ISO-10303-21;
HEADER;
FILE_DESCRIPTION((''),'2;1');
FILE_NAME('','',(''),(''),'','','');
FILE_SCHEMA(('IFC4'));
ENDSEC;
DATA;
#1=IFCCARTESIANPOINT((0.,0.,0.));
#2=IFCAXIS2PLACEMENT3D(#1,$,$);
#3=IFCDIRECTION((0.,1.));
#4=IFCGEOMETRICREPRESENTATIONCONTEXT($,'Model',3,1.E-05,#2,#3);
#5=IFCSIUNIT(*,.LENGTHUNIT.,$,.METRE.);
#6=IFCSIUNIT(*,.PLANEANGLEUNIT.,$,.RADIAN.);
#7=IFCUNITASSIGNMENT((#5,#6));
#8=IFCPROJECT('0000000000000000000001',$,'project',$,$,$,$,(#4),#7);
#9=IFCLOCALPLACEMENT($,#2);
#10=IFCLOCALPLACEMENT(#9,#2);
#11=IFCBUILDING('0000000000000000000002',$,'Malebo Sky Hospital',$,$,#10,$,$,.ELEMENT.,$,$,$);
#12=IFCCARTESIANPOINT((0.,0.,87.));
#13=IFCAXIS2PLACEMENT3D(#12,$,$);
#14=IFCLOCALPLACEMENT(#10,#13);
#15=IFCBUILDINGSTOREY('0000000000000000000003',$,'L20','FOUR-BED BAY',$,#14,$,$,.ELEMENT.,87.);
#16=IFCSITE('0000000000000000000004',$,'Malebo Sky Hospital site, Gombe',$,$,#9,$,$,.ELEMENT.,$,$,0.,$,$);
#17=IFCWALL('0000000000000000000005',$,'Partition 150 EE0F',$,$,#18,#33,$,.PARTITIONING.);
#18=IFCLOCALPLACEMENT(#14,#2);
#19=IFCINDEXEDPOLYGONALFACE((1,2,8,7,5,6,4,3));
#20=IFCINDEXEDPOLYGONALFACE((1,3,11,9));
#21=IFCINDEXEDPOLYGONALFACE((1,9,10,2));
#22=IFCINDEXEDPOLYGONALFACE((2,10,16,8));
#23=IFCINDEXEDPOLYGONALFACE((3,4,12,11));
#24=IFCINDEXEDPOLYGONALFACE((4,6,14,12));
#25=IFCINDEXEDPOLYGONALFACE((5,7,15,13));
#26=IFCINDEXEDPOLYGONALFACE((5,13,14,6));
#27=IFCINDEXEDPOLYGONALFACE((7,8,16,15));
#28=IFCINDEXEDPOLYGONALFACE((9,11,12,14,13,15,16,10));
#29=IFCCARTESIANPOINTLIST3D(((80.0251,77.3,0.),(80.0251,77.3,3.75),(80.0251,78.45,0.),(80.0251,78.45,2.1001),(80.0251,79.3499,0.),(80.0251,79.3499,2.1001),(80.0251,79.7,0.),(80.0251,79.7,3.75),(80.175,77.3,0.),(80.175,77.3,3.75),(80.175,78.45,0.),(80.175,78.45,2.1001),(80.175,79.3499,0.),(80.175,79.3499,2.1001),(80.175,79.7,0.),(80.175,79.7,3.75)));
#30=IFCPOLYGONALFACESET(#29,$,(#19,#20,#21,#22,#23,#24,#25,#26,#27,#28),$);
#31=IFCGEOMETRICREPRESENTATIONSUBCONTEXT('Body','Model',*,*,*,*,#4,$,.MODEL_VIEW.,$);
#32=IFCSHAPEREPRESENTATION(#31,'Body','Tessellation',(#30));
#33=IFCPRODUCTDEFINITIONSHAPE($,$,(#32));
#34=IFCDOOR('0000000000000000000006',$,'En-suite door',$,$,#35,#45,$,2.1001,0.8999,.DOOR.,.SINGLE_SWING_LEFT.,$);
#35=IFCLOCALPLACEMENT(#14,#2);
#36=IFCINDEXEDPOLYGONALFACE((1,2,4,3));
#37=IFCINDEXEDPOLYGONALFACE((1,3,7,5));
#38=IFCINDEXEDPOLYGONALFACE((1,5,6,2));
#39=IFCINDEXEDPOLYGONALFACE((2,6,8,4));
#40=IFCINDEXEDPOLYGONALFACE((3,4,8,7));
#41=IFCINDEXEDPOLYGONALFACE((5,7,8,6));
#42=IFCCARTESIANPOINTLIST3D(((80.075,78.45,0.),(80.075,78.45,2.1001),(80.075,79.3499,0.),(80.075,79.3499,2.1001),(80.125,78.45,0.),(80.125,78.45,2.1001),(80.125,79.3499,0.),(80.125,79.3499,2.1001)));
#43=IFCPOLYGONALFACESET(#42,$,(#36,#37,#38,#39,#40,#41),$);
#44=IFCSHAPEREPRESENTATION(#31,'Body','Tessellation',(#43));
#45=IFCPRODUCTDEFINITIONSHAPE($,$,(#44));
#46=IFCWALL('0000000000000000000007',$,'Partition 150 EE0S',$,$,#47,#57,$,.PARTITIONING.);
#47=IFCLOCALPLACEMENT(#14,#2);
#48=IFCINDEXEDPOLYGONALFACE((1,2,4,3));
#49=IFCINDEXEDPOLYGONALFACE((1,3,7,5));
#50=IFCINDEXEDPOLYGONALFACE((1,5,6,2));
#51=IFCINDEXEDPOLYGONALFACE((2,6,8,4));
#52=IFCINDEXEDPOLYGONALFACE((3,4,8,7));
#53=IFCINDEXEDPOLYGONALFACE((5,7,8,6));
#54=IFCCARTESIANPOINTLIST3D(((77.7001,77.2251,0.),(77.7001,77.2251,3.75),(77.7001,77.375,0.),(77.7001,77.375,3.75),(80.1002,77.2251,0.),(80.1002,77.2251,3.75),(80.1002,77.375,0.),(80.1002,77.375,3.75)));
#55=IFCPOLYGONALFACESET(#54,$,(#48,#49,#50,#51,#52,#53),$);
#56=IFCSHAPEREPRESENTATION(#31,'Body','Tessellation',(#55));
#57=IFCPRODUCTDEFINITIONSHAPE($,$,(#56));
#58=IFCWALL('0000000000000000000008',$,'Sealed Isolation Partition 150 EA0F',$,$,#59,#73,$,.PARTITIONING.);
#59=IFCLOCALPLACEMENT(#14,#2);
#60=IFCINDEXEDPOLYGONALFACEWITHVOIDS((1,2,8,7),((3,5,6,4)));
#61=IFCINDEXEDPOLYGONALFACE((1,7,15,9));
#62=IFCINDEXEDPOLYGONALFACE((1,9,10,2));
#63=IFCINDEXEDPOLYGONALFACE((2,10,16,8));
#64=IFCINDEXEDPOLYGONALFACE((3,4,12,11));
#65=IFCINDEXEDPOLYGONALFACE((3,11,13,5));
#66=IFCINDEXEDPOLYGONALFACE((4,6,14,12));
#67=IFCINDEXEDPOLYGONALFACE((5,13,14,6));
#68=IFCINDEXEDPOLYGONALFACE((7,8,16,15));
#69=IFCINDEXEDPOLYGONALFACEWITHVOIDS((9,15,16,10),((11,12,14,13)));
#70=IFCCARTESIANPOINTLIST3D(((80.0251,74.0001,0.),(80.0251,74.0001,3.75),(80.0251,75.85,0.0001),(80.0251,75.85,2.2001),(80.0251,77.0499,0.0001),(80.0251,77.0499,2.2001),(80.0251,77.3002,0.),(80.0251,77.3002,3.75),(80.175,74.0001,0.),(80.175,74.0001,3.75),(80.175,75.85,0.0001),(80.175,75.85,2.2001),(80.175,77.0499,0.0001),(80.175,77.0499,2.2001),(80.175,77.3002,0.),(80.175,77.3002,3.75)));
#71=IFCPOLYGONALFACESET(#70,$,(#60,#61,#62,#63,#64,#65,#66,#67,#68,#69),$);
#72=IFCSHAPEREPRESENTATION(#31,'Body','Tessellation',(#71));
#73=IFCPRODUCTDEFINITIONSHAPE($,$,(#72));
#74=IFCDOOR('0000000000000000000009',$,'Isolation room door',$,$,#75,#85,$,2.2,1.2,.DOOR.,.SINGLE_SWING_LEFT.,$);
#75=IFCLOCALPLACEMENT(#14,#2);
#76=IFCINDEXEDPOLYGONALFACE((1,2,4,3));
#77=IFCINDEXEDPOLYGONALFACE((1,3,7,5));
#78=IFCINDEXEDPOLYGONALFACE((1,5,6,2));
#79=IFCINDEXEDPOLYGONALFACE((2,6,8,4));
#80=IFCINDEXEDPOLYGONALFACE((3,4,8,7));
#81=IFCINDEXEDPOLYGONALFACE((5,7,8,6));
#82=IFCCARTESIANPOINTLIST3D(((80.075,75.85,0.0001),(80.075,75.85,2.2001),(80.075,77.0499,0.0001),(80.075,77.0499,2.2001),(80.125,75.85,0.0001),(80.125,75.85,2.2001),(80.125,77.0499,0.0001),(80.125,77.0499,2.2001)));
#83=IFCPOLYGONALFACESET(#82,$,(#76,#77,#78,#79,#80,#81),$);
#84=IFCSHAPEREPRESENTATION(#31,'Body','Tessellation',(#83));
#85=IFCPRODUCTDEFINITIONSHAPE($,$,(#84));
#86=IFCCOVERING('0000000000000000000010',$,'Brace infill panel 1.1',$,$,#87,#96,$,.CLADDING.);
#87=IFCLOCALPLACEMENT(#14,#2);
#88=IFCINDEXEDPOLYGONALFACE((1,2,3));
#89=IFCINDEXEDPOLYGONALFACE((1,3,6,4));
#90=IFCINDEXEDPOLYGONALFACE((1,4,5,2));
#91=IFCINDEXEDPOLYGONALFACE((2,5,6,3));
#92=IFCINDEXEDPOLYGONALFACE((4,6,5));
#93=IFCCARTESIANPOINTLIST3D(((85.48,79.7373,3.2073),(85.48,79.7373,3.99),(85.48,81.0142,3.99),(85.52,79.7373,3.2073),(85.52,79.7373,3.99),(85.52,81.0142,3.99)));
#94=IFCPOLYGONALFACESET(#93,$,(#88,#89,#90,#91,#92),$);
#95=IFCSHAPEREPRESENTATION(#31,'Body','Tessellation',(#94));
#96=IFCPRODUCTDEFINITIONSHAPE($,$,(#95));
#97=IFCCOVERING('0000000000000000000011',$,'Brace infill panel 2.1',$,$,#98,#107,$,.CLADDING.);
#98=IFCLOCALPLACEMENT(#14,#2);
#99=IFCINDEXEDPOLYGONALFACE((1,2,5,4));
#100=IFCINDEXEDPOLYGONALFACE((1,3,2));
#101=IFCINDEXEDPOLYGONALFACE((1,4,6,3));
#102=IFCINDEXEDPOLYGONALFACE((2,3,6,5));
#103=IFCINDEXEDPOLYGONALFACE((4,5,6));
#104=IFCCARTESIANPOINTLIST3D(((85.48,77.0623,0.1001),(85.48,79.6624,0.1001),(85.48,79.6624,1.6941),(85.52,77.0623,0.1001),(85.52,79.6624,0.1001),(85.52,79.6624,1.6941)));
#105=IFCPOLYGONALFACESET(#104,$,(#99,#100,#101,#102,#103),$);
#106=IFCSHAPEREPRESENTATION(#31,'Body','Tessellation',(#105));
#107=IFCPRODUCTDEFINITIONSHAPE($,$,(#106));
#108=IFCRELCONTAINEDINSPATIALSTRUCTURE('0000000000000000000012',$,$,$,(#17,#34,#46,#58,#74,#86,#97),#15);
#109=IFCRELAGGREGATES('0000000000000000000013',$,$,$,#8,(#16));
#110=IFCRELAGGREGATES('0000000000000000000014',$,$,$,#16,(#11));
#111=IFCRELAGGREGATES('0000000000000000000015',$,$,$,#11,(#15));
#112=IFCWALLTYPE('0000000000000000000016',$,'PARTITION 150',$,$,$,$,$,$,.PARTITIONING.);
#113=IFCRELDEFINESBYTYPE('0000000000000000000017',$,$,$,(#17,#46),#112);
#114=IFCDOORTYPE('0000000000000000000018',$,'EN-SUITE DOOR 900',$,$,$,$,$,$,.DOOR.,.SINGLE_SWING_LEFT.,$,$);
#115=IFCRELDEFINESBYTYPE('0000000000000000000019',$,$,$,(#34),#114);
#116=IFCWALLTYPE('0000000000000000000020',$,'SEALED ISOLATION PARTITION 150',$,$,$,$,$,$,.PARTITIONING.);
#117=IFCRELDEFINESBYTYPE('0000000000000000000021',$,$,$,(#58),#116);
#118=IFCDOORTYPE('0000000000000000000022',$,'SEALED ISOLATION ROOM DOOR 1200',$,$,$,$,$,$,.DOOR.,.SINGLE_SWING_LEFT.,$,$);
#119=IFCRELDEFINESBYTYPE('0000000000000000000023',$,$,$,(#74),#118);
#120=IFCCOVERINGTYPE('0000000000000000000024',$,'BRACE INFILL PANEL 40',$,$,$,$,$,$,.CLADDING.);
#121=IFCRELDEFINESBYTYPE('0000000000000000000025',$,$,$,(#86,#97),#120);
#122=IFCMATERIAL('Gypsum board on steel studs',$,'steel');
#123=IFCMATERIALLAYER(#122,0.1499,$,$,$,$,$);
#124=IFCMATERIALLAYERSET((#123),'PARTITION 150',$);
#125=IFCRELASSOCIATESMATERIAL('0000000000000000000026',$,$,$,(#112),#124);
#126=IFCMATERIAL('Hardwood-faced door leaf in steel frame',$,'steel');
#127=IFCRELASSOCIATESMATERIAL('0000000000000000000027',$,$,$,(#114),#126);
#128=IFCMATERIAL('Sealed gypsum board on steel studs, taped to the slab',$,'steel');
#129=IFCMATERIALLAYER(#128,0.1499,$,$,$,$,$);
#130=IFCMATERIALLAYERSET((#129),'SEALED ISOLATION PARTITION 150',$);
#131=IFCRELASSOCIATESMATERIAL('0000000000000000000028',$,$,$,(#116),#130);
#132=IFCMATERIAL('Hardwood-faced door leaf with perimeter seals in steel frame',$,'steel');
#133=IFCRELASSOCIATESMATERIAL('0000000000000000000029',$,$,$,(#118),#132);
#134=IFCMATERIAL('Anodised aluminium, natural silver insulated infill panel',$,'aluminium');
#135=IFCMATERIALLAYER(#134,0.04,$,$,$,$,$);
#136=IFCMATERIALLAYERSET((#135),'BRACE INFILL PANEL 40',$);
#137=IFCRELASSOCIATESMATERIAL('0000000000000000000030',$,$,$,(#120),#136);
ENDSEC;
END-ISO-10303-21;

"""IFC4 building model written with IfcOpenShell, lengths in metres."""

from ifc_helpers import new_model, si_unit, direction, frame, frame_2d, origin, place, context, subcontext, project, spatial, polyline, rectangle, outline, extrude, material, layer, layer_set, type_object, element, fill, save


model = new_model("IFC4")

# Units and contexts
model_context = context("Model", 3, precision=1e-05, world=origin(), true_north=direction((0.0, 1.0)))
body_context = subcontext(model_context, "Body", "Model", "MODEL_VIEW")
ifc_project = project(units=[si_unit("LENGTHUNIT", "METRE"), si_unit("PLANEANGLEUNIT", "RADIAN")], contexts=[model_context])

# Site, building, storey
site_placement = place(None, origin())
site = spatial("IfcSite", under=ifc_project, at=site_placement, Name="Malebo Sky Hospital site, Gombe", CompositionType="ELEMENT", RefElevation=0.0)
building_placement = place(site_placement, origin())
building = spatial("IfcBuilding", under=site, at=building_placement, Name="Malebo Sky Hospital", CompositionType="ELEMENT")
storey_placement = place(building_placement, frame((0.0, 0.0, 87.0)))
storey = spatial("IfcBuildingStorey", under=building, at=storey_placement, Name="L20", Description="FOUR-BED BAY", CompositionType="ELEMENT", Elevation=87.0)

# Shared definitions
ifc_material_1 = material(Name="Gypsum board on steel studs", Category="steel")
ifc_material_2 = material(Name="Hardwood-faced door leaf in steel frame", Category="steel")

# Shared definitions
ifc_layer_1 = layer(ifc_material_1, 0.1499)
ifc_layer_set_1 = layer_set([ifc_layer_1], Name="PARTITION 150")
wall_type_1 = type_object("IfcWallType", Name="PARTITION 150", PredefinedType="PARTITIONING", material=ifc_layer_set_1)

# Wall, opening, door
wall_1_placement = place(storey_placement, frame((80.1001, 79.7, 0.0), z_axis=(0.0, 0.0, 1.0), x_axis=(0.0, -1.0, 0.0)))
wall_1 = element("IfcWall", 1, at=wall_1_placement, inside=storey, type_object=wall_type_1, Name="Partition 150 EE0F", PredefinedType="PARTITIONING", context=body_context, shape_type="SweptSolid", body=[
    extrude(rectangle(XDim=2.3999, YDim=0.1499, at=frame_2d((1.2, 0.0))), origin(), (0.0, 0.0, 1.0), 3.75),
])
opening_1_placement = place(wall_1_placement, frame((0.3501, 0.0, 0.0)))
opening_1 = element("IfcOpeningElement", 2, at=opening_1_placement, cuts=wall_1, PredefinedType="OPENING", context=body_context, shape_type="SweptSolid", body=[
    extrude(rectangle(XDim=0.8999, YDim=2.1001, at=frame_2d((0.45, 1.05))), frame((0.0, 0.085, 0.0), z_axis=(0.0, -1.0, 0.0), x_axis=(1.0, 0.0, 0.0)), (0.0, 0.0, 1.0), 0.1699),
])
door_type_1 = type_object("IfcDoorType", Name="EN-SUITE DOOR 900", OperationType="SINGLE_SWING_LEFT", PredefinedType="DOOR", material=ifc_material_2)
door_1_placement = place(opening_1_placement, origin())
door_1 = element("IfcDoor", 3, at=door_1_placement, inside=storey, type_object=door_type_1, Name="En-suite door", OperationType="SINGLE_SWING_LEFT", OverallHeight=2.1001, OverallWidth=0.8999, PredefinedType="DOOR", context=body_context, shape_type="SweptSolid", body=[
    extrude(rectangle(XDim=0.8999, YDim=2.1001, at=frame_2d((0.45, 1.05))), frame((0.0, 0.0249, 0.0), z_axis=(0.0, -1.0, 0.0), x_axis=(1.0, 0.0, 0.0)), (0.0, 0.0, 1.0), 0.05),
])
fill(opening_1, door_1)

# Wall
wall_2_placement = place(storey_placement, frame((77.7, 77.3, 0.0), z_axis=(0.0, 0.0, 1.0), x_axis=(1.0, 0.0, 0.0)))
element("IfcWall", 4, at=wall_2_placement, inside=storey, type_object=wall_type_1, Name="Partition 150 EE0S", PredefinedType="PARTITIONING", context=body_context, shape_type="SweptSolid", body=[
    extrude(rectangle(XDim=2.4001, YDim=0.1499, at=frame_2d((1.2002, 0.0))), origin(), (0.0, 0.0, 1.0), 3.75),
])

# Wall, opening, door
ifc_material_3 = material(Name="Sealed gypsum board on steel studs, taped to the slab", Category="steel")
ifc_layer_2 = layer(ifc_material_3, 0.1499)
ifc_layer_set_2 = layer_set([ifc_layer_2], Name="SEALED ISOLATION PARTITION 150")
wall_type_2 = type_object("IfcWallType", Name="SEALED ISOLATION PARTITION 150", PredefinedType="PARTITIONING", material=ifc_layer_set_2)
wall_3_placement = place(storey_placement, frame((80.1001, 77.3, 0.0), z_axis=(0.0, 0.0, 1.0), x_axis=(0.0, -1.0, 0.0)))
wall_3 = element("IfcWall", 5, at=wall_3_placement, inside=storey, type_object=wall_type_2, Name="Sealed Isolation Partition 150 EA0F", PredefinedType="PARTITIONING", context=body_context, shape_type="SweptSolid", body=[
    extrude(rectangle(XDim=3.3, YDim=0.1499, at=frame_2d((1.6499, 0.0))), origin(), (0.0, 0.0, 1.0), 3.75),
])
opening_2_placement = place(wall_3_placement, frame((0.25, 0.0, 0.0)))
opening_2 = element("IfcOpeningElement", 6, at=opening_2_placement, cuts=wall_3, PredefinedType="OPENING", context=body_context, shape_type="SweptSolid", body=[
    extrude(rectangle(XDim=1.2, YDim=2.2, at=frame_2d((0.6001, 1.1001))), frame((0.0, 0.085, 0.0), z_axis=(0.0, -1.0, 0.0), x_axis=(1.0, 0.0, 0.0)), (0.0, 0.0, 1.0), 0.1699),
])
ifc_material_4 = material(Name="Hardwood-faced door leaf with perimeter seals in steel frame", Category="steel")
door_type_2 = type_object("IfcDoorType", Name="SEALED ISOLATION ROOM DOOR 1200", OperationType="SINGLE_SWING_LEFT", PredefinedType="DOOR", material=ifc_material_4)
door_2_placement = place(opening_2_placement, origin())
door_2 = element("IfcDoor", 7, at=door_2_placement, inside=storey, type_object=door_type_2, Name="Isolation room door", OperationType="SINGLE_SWING_LEFT", OverallHeight=2.2, OverallWidth=1.2, PredefinedType="DOOR", context=body_context, shape_type="SweptSolid", body=[
    extrude(rectangle(XDim=1.2, YDim=2.2, at=frame_2d((0.6001, 1.1001))), frame((0.0, 0.0249, 0.0), z_axis=(0.0, -1.0, 0.0), x_axis=(1.0, 0.0, 0.0)), (0.0, 0.0, 1.0), 0.05),
])
fill(opening_2, door_2)

# Coverings
ifc_material_5 = material(Name="Anodised aluminium, natural silver insulated infill panel", Category="aluminium")
ifc_layer_3 = layer(ifc_material_5, 0.04)
ifc_layer_set_3 = layer_set([ifc_layer_3], Name="BRACE INFILL PANEL 40")
covering_type = type_object("IfcCoveringType", Name="BRACE INFILL PANEL 40", PredefinedType="CLADDING", material=ifc_layer_set_3)
covering_1_placement = place(storey_placement, frame((85.5, 80.3757, 3.2073), z_axis=(0.0, 0.0, 1.0), x_axis=(0.0, -1.0, 0.0)))
element("IfcCovering", 8, at=covering_1_placement, inside=storey, type_object=covering_type, Name="Brace infill panel 1.1", PredefinedType="CLADDING", context=body_context, shape_type="SweptSolid", body=[
    extrude(outline(polyline([(0.6384, 0.0), (0.6384, 0.7827), (-0.6384, 0.7827), (0.6384, 0.0)])), frame((0.0, 0.02, 0.0), z_axis=(0.0, -1.0, 0.0), x_axis=(1.0, 0.0, 0.0)), (0.0, 0.0, 1.0), 0.04),
])
covering_2_placement = place(storey_placement, frame((85.5, 78.3623, 0.1001), z_axis=(0.0, 0.0, 1.0), x_axis=(0.0, -1.0, 0.0)))
element("IfcCovering", 9, at=covering_2_placement, inside=storey, type_object=covering_type, Name="Brace infill panel 2.1", PredefinedType="CLADDING", context=body_context, shape_type="SweptSolid", body=[
    extrude(outline(polyline([(-1.3, 0.0), (1.3, 0.0), (-1.3, 1.594), (-1.3, 0.0)])), frame((0.0, 0.02, 0.0), z_axis=(0.0, -1.0, 0.0), x_axis=(1.0, 0.0, 0.0)), (0.0, 0.0, 1.0), 0.04),
])

save(model, "model.ifc")
